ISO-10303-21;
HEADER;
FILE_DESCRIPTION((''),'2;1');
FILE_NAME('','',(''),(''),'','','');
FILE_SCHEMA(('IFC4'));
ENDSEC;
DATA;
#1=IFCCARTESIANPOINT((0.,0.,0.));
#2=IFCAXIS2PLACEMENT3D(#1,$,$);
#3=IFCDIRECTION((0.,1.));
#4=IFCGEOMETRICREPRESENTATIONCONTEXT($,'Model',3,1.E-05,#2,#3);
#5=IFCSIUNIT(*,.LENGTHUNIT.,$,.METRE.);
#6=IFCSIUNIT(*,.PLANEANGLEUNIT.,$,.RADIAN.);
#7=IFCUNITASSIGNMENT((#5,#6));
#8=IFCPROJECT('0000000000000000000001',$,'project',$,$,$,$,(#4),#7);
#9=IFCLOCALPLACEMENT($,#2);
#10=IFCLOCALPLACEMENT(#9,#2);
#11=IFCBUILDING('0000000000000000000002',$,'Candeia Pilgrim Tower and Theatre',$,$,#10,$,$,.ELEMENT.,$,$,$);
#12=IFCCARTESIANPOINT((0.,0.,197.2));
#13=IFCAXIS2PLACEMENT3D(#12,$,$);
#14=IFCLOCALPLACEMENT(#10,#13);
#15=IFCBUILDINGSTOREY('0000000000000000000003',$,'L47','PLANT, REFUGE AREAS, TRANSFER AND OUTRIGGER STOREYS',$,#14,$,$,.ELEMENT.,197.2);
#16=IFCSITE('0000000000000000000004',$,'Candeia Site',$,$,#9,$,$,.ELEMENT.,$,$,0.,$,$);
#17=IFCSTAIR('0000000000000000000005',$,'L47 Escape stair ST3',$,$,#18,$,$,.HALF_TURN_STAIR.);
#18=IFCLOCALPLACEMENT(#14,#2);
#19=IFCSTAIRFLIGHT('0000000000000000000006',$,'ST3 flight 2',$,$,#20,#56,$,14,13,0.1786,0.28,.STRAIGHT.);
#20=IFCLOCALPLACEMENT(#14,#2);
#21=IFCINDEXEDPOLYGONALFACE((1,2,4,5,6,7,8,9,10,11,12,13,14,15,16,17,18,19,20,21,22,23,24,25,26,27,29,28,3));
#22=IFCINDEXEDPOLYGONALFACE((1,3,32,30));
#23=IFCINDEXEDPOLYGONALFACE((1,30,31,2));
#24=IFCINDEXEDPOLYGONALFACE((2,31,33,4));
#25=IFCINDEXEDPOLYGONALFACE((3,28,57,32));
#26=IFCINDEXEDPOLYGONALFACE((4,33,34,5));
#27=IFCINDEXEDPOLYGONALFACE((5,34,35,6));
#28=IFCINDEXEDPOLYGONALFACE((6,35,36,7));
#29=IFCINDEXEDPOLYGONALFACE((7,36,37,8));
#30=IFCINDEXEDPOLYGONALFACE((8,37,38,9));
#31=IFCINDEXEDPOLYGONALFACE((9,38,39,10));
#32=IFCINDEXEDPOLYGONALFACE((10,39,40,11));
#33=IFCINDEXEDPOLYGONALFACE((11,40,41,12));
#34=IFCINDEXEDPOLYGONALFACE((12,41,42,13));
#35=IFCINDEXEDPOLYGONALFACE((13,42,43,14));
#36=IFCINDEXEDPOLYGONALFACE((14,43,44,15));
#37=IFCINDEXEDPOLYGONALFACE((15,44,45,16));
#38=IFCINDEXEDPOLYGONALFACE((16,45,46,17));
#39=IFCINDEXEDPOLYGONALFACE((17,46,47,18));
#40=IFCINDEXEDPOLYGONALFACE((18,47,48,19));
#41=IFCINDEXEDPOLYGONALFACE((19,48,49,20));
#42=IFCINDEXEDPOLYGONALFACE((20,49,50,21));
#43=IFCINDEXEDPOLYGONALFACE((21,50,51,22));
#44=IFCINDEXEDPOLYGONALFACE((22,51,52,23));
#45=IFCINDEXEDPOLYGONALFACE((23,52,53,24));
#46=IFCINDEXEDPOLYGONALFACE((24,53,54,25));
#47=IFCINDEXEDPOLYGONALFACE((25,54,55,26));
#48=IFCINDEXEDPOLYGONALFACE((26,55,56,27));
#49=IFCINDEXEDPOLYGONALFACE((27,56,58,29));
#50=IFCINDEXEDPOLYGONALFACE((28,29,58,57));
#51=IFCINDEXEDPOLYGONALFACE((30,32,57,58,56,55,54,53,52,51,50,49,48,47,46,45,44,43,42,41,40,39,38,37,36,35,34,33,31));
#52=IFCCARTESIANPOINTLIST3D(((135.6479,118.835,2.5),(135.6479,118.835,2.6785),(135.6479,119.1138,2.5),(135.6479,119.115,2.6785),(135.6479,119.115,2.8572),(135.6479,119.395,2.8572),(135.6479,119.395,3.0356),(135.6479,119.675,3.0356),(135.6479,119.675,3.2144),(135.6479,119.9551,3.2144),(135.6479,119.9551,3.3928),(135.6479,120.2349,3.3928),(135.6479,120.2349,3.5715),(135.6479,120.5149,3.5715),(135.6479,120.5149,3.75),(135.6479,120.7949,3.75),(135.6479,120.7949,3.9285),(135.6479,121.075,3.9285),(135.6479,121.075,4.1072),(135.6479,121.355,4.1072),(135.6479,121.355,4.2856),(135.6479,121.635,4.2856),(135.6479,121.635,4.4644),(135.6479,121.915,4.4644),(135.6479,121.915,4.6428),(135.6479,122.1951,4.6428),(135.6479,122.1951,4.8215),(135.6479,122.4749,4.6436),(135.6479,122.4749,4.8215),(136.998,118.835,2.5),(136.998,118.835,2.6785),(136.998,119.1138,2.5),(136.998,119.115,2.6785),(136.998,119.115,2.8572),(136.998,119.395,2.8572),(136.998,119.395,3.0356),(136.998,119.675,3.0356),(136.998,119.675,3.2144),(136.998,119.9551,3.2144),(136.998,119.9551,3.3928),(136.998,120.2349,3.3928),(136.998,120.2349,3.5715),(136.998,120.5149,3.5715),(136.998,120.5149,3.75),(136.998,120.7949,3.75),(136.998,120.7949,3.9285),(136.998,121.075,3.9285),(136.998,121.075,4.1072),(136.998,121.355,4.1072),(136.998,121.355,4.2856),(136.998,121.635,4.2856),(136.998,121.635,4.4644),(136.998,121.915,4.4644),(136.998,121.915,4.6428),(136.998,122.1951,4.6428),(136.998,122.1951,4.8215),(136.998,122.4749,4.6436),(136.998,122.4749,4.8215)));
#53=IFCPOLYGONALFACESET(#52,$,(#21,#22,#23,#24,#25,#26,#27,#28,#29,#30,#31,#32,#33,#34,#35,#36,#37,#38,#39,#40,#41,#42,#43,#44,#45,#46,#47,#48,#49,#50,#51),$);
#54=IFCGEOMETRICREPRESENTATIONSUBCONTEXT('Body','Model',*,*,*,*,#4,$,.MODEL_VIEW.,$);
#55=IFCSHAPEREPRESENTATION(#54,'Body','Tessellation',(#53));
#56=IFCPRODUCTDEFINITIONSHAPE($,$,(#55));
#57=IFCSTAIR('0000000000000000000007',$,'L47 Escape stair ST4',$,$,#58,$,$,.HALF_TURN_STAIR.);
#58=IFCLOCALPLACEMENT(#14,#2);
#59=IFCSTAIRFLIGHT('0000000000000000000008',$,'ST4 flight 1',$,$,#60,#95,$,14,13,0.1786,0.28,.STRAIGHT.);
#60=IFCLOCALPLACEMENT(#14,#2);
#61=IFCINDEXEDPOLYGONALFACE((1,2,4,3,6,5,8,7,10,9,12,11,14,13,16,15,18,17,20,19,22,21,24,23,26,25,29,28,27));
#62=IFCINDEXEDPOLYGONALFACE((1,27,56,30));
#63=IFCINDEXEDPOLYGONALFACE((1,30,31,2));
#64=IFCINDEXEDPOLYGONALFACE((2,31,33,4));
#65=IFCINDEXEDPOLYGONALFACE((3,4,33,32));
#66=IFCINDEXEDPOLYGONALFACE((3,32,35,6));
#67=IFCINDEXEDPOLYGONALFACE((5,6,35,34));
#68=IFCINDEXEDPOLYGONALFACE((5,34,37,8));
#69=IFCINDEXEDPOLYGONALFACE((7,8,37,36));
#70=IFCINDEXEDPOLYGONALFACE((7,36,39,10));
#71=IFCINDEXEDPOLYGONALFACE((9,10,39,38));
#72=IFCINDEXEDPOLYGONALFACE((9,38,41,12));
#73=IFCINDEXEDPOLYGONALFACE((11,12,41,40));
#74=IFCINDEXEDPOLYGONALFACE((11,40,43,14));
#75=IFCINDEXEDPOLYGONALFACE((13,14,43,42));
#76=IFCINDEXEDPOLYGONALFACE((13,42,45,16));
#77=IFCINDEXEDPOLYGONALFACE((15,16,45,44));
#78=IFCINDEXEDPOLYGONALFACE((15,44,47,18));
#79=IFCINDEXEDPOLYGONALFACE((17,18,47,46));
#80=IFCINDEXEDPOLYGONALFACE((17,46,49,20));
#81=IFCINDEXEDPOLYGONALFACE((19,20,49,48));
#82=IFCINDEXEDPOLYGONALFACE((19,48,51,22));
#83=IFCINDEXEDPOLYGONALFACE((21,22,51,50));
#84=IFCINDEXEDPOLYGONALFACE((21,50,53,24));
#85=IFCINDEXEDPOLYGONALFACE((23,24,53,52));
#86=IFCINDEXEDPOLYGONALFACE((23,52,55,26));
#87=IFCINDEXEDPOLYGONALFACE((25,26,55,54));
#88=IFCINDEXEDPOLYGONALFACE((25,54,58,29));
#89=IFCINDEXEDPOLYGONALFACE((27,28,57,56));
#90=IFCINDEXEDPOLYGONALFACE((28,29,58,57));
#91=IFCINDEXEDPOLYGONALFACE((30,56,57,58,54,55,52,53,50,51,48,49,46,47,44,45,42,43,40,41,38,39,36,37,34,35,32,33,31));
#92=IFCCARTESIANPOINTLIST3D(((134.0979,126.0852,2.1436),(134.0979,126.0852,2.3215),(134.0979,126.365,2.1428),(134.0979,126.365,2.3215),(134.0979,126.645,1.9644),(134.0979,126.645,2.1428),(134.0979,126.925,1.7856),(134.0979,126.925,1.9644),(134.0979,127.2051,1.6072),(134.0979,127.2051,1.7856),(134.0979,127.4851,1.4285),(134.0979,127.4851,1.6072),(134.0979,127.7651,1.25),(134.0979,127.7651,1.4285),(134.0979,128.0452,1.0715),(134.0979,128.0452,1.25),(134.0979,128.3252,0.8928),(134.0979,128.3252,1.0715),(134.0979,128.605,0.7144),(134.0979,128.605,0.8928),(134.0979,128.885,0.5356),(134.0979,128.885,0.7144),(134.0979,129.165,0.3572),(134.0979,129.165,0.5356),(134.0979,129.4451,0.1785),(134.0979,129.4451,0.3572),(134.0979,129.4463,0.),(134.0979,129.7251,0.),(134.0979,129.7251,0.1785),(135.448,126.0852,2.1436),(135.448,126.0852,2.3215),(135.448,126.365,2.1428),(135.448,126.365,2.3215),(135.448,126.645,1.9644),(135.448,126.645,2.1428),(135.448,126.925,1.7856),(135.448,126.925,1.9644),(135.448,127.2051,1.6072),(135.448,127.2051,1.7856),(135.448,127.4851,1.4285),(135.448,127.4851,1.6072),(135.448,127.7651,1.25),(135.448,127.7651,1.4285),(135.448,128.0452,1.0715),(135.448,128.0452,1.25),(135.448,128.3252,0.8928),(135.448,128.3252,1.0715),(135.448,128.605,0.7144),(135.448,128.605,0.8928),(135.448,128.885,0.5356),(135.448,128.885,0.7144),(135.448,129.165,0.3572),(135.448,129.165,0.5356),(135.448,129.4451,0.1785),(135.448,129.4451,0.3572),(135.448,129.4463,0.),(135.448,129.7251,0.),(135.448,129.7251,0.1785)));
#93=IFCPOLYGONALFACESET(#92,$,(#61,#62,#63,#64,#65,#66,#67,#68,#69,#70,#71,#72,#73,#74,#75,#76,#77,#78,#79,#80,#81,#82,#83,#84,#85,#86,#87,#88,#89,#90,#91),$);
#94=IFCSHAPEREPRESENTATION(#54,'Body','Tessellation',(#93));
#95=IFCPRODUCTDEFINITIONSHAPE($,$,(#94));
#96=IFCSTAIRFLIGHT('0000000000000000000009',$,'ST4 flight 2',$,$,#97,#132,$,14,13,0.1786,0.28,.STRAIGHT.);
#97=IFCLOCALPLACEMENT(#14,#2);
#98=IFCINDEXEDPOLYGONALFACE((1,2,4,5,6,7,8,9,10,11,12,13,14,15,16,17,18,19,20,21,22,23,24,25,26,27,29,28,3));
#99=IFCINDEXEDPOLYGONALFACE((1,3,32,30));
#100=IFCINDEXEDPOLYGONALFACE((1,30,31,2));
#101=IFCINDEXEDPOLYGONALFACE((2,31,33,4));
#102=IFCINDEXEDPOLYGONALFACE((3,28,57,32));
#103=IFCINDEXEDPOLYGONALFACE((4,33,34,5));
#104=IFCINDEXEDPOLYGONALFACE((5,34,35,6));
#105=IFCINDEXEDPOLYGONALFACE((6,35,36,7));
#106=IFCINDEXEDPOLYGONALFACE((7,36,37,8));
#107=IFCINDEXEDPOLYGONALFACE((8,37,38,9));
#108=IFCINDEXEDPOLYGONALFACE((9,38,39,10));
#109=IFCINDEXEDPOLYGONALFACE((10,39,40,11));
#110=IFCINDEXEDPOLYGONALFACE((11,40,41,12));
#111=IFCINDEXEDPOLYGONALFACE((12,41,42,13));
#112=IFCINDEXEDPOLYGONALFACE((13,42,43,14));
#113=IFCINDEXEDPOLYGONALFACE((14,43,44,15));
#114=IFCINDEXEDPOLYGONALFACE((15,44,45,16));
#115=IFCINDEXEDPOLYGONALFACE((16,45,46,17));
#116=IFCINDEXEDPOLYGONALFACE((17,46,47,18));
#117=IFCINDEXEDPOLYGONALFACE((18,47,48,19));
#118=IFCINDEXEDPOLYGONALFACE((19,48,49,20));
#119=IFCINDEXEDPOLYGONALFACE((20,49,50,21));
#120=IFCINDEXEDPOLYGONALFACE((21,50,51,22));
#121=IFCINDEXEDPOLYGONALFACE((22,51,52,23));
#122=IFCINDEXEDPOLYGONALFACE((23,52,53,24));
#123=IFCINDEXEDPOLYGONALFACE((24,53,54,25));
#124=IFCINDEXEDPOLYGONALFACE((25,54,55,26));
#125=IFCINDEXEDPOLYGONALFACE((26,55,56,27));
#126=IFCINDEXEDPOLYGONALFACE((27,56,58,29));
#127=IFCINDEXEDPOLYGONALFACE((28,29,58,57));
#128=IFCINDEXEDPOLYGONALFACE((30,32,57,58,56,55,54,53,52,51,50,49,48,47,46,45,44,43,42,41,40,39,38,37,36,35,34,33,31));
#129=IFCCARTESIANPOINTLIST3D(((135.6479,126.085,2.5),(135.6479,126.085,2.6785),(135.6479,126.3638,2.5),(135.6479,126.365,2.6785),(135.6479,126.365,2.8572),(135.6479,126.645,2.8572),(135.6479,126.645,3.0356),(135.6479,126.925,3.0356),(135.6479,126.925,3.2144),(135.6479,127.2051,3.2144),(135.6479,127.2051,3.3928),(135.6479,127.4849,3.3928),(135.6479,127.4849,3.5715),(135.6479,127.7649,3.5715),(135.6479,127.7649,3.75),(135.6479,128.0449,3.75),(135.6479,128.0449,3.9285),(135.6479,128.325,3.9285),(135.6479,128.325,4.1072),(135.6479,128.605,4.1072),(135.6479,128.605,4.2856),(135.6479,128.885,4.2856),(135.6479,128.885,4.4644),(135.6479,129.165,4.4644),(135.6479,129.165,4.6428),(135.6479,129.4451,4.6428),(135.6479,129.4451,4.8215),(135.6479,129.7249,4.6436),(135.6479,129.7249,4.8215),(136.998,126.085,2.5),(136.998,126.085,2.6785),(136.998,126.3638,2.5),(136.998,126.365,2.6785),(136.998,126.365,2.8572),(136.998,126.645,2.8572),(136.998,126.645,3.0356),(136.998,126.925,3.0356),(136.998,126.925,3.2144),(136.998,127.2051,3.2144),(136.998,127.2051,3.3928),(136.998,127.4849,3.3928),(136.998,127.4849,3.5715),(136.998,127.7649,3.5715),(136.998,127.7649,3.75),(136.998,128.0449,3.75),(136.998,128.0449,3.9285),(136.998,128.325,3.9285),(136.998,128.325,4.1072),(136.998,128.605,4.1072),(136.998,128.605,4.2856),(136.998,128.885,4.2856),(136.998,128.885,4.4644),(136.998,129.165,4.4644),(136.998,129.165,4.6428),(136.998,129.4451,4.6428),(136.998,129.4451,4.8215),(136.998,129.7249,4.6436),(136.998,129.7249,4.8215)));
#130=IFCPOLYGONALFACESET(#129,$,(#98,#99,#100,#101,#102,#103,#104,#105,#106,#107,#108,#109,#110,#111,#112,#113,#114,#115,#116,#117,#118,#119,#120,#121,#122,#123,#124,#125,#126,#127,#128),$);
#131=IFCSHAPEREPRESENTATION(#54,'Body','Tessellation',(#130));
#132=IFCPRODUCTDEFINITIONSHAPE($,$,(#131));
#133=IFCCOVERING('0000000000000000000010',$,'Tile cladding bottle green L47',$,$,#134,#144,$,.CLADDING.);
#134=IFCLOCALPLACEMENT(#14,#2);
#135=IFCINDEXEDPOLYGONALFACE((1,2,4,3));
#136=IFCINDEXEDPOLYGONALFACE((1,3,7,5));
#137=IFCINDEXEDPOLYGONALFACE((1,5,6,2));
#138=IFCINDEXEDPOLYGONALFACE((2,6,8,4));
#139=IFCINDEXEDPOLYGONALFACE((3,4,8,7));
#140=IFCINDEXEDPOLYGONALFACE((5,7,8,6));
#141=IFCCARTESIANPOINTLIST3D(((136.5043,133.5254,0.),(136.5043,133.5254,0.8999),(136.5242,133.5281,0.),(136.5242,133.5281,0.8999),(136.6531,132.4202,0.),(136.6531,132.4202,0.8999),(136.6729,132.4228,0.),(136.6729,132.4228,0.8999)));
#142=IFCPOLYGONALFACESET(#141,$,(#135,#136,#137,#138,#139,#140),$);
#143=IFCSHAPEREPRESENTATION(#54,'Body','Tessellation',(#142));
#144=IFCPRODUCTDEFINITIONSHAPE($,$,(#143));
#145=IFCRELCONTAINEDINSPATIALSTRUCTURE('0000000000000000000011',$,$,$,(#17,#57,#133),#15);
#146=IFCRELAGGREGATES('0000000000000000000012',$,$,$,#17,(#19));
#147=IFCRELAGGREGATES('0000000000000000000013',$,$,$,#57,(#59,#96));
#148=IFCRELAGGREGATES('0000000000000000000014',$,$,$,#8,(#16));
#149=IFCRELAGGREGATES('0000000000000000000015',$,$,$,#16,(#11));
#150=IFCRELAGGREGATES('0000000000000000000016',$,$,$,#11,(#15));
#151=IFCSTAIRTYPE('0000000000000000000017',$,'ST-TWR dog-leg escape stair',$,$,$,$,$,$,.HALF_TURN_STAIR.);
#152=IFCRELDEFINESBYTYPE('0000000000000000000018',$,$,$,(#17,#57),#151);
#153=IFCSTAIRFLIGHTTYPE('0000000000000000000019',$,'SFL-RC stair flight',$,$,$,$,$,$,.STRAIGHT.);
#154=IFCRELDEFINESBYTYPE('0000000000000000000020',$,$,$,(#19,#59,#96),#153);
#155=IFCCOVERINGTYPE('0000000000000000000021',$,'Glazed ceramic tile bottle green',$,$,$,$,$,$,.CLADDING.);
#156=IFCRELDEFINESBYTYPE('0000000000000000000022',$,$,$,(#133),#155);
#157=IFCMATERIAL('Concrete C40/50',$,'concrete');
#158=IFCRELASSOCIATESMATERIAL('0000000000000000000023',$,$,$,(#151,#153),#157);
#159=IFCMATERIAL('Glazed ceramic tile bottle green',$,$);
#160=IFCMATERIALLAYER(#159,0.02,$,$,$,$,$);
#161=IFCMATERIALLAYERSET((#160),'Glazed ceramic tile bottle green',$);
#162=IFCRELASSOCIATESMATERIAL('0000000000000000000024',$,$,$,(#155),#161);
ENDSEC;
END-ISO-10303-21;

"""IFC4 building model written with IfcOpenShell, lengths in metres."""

from ifc_helpers import new_model, si_unit, direction, frame, origin, origin_2d, place, context, subcontext, project, spatial, polyline, rectangle, outline, extrude, material, layer, layer_set, type_object, element, aggregate, save


model = new_model("IFC4")

# Units and contexts
model_context = context("Model", 3, precision=1e-05, world=origin(), true_north=direction((0.0, 1.0)))
body_context = subcontext(model_context, "Body", "Model", "MODEL_VIEW")
ifc_project = project(units=[si_unit("LENGTHUNIT", "METRE"), si_unit("PLANEANGLEUNIT", "RADIAN")], contexts=[model_context])

# Site, building, storey
site_placement = place(None, origin())
site = spatial("IfcSite", under=ifc_project, at=site_placement, Name="Candeia Site", CompositionType="ELEMENT", RefElevation=0.0)
building_placement = place(site_placement, origin())
building = spatial("IfcBuilding", under=site, at=building_placement, Name="Candeia Pilgrim Tower and Theatre", CompositionType="ELEMENT")
storey_placement = place(building_placement, frame((0.0, 0.0, 197.2)))
storey = spatial("IfcBuildingStorey", under=building, at=storey_placement, Name="L47", Description="PLANT, REFUGE AREAS, TRANSFER AND OUTRIGGER STOREYS", CompositionType="ELEMENT", Elevation=197.2)

# Shared definitions
ifc_material_1 = material(Name="Concrete C40/50", Category="concrete")

# Stairs, stair flights
stair_type = type_object("IfcStairType", Name="ST-TWR dog-leg escape stair", PredefinedType="HALF_TURN_STAIR", material=ifc_material_1)
stair_1_placement = place(storey_placement, origin())
stair_1 = element("IfcStair", 1, at=stair_1_placement, inside=storey, type_object=stair_type, Name="L47 Escape stair ST3", PredefinedType="HALF_TURN_STAIR")
stair_flight_type = type_object("IfcStairFlightType", Name="SFL-RC stair flight", PredefinedType="STRAIGHT", material=ifc_material_1)
stair_flight_1_placement = place(storey_placement, frame((136.323, 118.835, 2.5), z_axis=(0.0, 0.0, 1.0), x_axis=(0.0, 1.0, 0.0)))
stair_flight_1 = element("IfcStairFlight", 2, at=stair_flight_1_placement, type_object=stair_flight_type, Name="ST3 flight 2", NumberOfRisers=14, NumberOfTreads=13, PredefinedType="STRAIGHT", RiserHeight=0.1786, TreadLength=0.28, context=body_context, shape_type="SweptSolid", body=[
    extrude(outline(polyline([(0.0, 0.0), (0.0, 0.1785), (0.28, 0.1785), (0.28, 0.3572), (0.5601, 0.3572), (0.5601, 0.5356), (0.8401, 0.5356), (0.8401, 0.7144), (1.1201, 0.7144), (1.1201, 0.8928), (1.3999, 0.8928), (1.3999, 1.0715), (1.6799, 1.0715), (1.6799, 1.25), (1.96, 1.25), (1.96, 1.4285), (2.24, 1.4285), (2.24, 1.6072), (2.52, 1.6072), (2.52, 1.7856), (2.8, 1.7856), (2.8, 1.9644), (3.0801, 1.9644), (3.0801, 2.1428), (3.3601, 2.1428), (3.3601, 2.3215), (3.6399, 2.3215), (3.6399, 2.5), (3.6399, 2.1436), (0.2788, 0.0), (0.0, 0.0)])), frame((0.0, 0.675, 0.0), z_axis=(0.0, -1.0, 0.0), x_axis=(1.0, 0.0, 0.0)), (0.0, 0.0, 1.0), 1.3501),
])
aggregate(stair_1, [stair_flight_1])
stair_2_placement = place(storey_placement, origin())
stair_2 = element("IfcStair", 3, at=stair_2_placement, inside=storey, type_object=stair_type, Name="L47 Escape stair ST4", PredefinedType="HALF_TURN_STAIR")
stair_flight_2_placement = place(storey_placement, frame((134.7729, 129.7251, 0.0), z_axis=(0.0, 0.0, 1.0), x_axis=(0.0, -1.0, 0.0)))
stair_flight_2 = element("IfcStairFlight", 4, at=stair_flight_2_placement, type_object=stair_flight_type, Name="ST4 flight 1", NumberOfRisers=14, NumberOfTreads=13, PredefinedType="STRAIGHT", RiserHeight=0.1786, TreadLength=0.28, context=body_context, shape_type="SweptSolid", body=[
    extrude(outline(polyline([(0.0, 0.0), (0.0, 0.1785), (0.28, 0.1785), (0.28, 0.3572), (0.5601, 0.3572), (0.5601, 0.5356), (0.8401, 0.5356), (0.8401, 0.7144), (1.1201, 0.7144), (1.1201, 0.8928), (1.3999, 0.8928), (1.3999, 1.0715), (1.6799, 1.0715), (1.6799, 1.25), (1.96, 1.25), (1.96, 1.4285), (2.24, 1.4285), (2.24, 1.6072), (2.52, 1.6072), (2.52, 1.7856), (2.8, 1.7856), (2.8, 1.9644), (3.0801, 1.9644), (3.0801, 2.1428), (3.3601, 2.1428), (3.3601, 2.3215), (3.6399, 2.3215), (3.6399, 2.5), (3.6399, 2.1436), (0.2788, 0.0), (0.0, 0.0)])), frame((0.0, 0.675, 0.0), z_axis=(0.0, -1.0, 0.0), x_axis=(1.0, 0.0, 0.0)), (0.0, 0.0, 1.0), 1.3501),
])
stair_flight_3_placement = place(storey_placement, frame((136.323, 126.085, 2.5), z_axis=(0.0, 0.0, 1.0), x_axis=(0.0, 1.0, 0.0)))
stair_flight_3 = element("IfcStairFlight", 5, at=stair_flight_3_placement, type_object=stair_flight_type, Name="ST4 flight 2", NumberOfRisers=14, NumberOfTreads=13, PredefinedType="STRAIGHT", RiserHeight=0.1786, TreadLength=0.28, context=body_context, shape_type="SweptSolid", body=[
    extrude(outline(polyline([(0.0, 0.0), (0.0, 0.1785), (0.28, 0.1785), (0.28, 0.3572), (0.5601, 0.3572), (0.5601, 0.5356), (0.8401, 0.5356), (0.8401, 0.7144), (1.1201, 0.7144), (1.1201, 0.8928), (1.3999, 0.8928), (1.3999, 1.0715), (1.6799, 1.0715), (1.6799, 1.25), (1.96, 1.25), (1.96, 1.4285), (2.24, 1.4285), (2.24, 1.6072), (2.52, 1.6072), (2.52, 1.7856), (2.8, 1.7856), (2.8, 1.9644), (3.0801, 1.9644), (3.0801, 2.1428), (3.3601, 2.1428), (3.3601, 2.3215), (3.6399, 2.3215), (3.6399, 2.5), (3.6399, 2.1436), (0.2788, 0.0), (0.0, 0.0)])), frame((0.0, 0.675, 0.0), z_axis=(0.0, -1.0, 0.0), x_axis=(1.0, 0.0, 0.0)), (0.0, 0.0, 1.0), 1.3501),
])
aggregate(stair_2, [stair_flight_2, stair_flight_3])

# Covering
ifc_material_2 = material(Name="Glazed ceramic tile bottle green")
ifc_layer_1 = layer(ifc_material_2, 0.02)
ifc_layer_set_1 = layer_set([ifc_layer_1], Name="Glazed ceramic tile bottle green")
covering_type = type_object("IfcCoveringType", Name="Glazed ceramic tile bottle green", PredefinedType="CLADDING", material=ifc_layer_set_1)
covering_placement = place(storey_placement, frame((136.5886, 132.9741, 0.0), z_axis=(0.0, 0.0, 1.0), x_axis=(-0.133412, 0.991061, 0.0)))
element("IfcCovering", 6, at=covering_placement, inside=storey, type_object=covering_type, Name="Tile cladding bottle green L47", PredefinedType="CLADDING", context=body_context, shape_type="SweptSolid", body=[
    extrude(rectangle(XDim=1.1152, YDim=0.02, at=origin_2d()), origin(), (0.0, 0.0, 1.0), 0.8999),
])

save(model, "model.ifc")
